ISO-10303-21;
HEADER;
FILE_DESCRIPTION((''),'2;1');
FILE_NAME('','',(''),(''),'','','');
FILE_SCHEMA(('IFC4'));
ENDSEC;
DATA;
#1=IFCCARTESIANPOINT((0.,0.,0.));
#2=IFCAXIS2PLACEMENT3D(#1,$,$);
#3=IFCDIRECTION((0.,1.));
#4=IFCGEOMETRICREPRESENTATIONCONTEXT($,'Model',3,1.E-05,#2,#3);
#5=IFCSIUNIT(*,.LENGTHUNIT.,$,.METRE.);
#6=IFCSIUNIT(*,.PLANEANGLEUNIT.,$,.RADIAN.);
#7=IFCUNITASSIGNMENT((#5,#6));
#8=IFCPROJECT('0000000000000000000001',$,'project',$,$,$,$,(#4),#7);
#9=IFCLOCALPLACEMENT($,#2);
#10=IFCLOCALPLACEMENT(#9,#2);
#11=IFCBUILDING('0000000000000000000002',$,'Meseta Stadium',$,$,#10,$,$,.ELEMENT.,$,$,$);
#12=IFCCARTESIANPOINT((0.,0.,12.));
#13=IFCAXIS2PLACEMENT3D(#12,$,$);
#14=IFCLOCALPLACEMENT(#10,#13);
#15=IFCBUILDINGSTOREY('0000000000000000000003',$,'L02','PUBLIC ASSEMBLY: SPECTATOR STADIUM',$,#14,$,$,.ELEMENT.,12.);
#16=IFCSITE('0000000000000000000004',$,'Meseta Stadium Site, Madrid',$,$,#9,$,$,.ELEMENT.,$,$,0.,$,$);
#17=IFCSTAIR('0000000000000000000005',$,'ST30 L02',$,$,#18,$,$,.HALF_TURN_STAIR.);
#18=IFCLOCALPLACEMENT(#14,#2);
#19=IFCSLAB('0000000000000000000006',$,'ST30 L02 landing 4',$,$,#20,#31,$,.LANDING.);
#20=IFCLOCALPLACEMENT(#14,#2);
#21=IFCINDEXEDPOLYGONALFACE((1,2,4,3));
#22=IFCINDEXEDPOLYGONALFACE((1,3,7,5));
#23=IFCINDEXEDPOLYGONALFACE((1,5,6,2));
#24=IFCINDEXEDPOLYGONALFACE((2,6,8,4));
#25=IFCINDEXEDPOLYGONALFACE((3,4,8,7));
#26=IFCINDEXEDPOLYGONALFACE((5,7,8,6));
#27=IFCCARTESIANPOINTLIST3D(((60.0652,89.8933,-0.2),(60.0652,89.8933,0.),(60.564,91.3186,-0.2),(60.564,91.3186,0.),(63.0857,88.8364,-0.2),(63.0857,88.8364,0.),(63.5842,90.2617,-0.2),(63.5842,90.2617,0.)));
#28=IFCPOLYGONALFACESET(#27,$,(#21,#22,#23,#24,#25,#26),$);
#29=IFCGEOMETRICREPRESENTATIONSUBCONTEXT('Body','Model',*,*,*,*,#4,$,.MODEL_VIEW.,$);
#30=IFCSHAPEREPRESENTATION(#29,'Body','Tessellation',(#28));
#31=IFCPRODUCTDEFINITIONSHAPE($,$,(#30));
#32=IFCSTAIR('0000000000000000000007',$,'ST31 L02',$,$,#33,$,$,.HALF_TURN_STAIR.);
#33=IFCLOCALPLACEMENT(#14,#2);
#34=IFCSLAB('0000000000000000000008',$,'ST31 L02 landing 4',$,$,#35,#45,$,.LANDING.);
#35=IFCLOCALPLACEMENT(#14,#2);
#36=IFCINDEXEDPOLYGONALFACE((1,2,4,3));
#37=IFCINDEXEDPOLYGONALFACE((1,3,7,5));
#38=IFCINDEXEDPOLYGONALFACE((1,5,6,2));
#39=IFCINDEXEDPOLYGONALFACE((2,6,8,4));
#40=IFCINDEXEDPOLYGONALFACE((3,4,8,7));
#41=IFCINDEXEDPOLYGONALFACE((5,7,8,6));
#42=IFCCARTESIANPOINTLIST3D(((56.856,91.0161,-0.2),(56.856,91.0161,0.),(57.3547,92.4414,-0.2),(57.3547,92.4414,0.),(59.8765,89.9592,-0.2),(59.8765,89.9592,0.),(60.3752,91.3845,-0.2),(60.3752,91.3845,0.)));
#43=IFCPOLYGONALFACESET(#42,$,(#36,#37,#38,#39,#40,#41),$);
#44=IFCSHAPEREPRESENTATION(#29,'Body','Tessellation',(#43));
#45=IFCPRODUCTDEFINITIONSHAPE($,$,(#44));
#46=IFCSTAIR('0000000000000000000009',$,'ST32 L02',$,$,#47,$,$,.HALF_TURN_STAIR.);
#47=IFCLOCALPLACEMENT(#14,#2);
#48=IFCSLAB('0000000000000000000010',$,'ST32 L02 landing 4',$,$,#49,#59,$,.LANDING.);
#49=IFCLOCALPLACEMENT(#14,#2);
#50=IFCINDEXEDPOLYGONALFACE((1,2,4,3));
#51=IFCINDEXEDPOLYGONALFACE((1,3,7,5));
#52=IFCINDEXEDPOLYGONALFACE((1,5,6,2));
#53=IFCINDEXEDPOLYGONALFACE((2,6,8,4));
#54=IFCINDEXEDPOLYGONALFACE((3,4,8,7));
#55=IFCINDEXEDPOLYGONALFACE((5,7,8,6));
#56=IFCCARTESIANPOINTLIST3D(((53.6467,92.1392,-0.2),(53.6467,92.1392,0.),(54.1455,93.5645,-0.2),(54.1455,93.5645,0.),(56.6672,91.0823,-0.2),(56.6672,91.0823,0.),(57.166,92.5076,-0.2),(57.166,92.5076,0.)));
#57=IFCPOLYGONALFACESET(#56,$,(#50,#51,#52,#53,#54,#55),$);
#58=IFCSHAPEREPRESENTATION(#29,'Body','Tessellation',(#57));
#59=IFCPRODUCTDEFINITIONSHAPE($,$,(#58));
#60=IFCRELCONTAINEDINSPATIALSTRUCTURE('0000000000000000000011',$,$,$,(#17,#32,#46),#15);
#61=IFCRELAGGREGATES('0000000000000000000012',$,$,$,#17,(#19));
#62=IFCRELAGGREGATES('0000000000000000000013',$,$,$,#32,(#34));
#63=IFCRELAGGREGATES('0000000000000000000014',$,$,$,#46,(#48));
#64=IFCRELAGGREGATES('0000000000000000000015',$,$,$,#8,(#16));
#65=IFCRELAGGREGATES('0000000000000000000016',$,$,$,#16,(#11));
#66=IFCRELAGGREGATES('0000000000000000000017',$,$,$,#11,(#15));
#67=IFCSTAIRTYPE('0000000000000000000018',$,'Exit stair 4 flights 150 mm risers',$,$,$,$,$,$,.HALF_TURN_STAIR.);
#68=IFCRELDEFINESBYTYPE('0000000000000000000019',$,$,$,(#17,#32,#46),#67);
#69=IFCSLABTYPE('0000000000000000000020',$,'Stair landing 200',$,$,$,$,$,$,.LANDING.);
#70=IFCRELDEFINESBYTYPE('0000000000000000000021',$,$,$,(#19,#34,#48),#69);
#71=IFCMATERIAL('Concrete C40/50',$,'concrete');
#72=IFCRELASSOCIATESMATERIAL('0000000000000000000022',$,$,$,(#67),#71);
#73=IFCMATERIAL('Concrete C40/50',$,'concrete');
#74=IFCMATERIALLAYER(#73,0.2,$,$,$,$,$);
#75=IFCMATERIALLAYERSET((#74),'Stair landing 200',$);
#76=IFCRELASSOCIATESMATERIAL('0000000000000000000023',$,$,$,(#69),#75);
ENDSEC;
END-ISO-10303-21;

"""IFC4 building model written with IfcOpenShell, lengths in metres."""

from ifc_helpers import new_model, si_unit, direction, frame, origin, place, context, subcontext, project, spatial, polyline, outline, extrude, material, layer, layer_set, type_object, element, aggregate, save


model = new_model("IFC4")

# Units and contexts
model_context = context("Model", 3, precision=1e-05, world=origin(), true_north=direction((0.0, 1.0)))
body_context = subcontext(model_context, "Body", "Model", "MODEL_VIEW")
ifc_project = project(units=[si_unit("LENGTHUNIT", "METRE"), si_unit("PLANEANGLEUNIT", "RADIAN")], contexts=[model_context])

# Site, building, storey
site_placement = place(None, origin())
site = spatial("IfcSite", under=ifc_project, at=site_placement, Name="Meseta Stadium Site, Madrid", CompositionType="ELEMENT", RefElevation=0.0)
building_placement = place(site_placement, origin())
building = spatial("IfcBuilding", under=site, at=building_placement, Name="Meseta Stadium", CompositionType="ELEMENT")
storey_placement = place(building_placement, frame((0.0, 0.0, 12.0)))
storey = spatial("IfcBuildingStorey", under=building, at=storey_placement, Name="L02", Description="PUBLIC ASSEMBLY: SPECTATOR STADIUM", CompositionType="ELEMENT", Elevation=12.0)

# Shared definitions
ifc_material_1 = material(Name="Concrete C40/50", Category="concrete")
stair_type = type_object("IfcStairType", Name="Exit stair 4 flights 150 mm risers", PredefinedType="HALF_TURN_STAIR", material=ifc_material_1)
ifc_material_2 = material(Name="Concrete C40/50", Category="concrete")
ifc_layer = layer(ifc_material_2, 0.2)
ifc_layer_set = layer_set([ifc_layer], Name="Stair landing 200")
slab_type = type_object("IfcSlabType", Name="Stair landing 200", PredefinedType="LANDING", material=ifc_layer_set)

# Stairs, slabs
stair_1_placement = place(storey_placement, origin())
stair_1 = element("IfcStair", 1, at=stair_1_placement, inside=storey, type_object=stair_type, Name="ST30 L02", PredefinedType="HALF_TURN_STAIR")
slab_1_placement = place(storey_placement, frame((0.0, 0.0, -0.2)))
slab_1 = element("IfcSlab", 2, at=slab_1_placement, type_object=slab_type, Name="ST30 L02 landing 4", PredefinedType="LANDING", context=body_context, shape_type="SweptSolid", body=[
    extrude(outline(polyline([(63.0857, 88.8364), (63.5842, 90.2617), (60.564, 91.3186), (60.0652, 89.8933), (63.0857, 88.8364)])), origin(), (0.0, 0.0, 1.0), 0.2),
])
aggregate(stair_1, [slab_1])
stair_2_placement = place(storey_placement, origin())
stair_2 = element("IfcStair", 3, at=stair_2_placement, inside=storey, type_object=stair_type, Name="ST31 L02", PredefinedType="HALF_TURN_STAIR")
slab_2_placement = place(storey_placement, frame((0.0, 0.0, -0.2)))
slab_2 = element("IfcSlab", 4, at=slab_2_placement, type_object=slab_type, Name="ST31 L02 landing 4", PredefinedType="LANDING", context=body_context, shape_type="SweptSolid", body=[
    extrude(outline(polyline([(59.8765, 89.9592), (60.3752, 91.3845), (57.3547, 92.4414), (56.856, 91.0161), (59.8765, 89.9592)])), origin(), (0.0, 0.0, 1.0), 0.2),
])
aggregate(stair_2, [slab_2])
stair_3_placement = place(storey_placement, origin())
stair_3 = element("IfcStair", 5, at=stair_3_placement, inside=storey, type_object=stair_type, Name="ST32 L02", PredefinedType="HALF_TURN_STAIR")
slab_3_placement = place(storey_placement, frame((0.0, 0.0, -0.2)))
slab_3 = element("IfcSlab", 6, at=slab_3_placement, type_object=slab_type, Name="ST32 L02 landing 4", PredefinedType="LANDING", context=body_context, shape_type="SweptSolid", body=[
    extrude(outline(polyline([(56.6672, 91.0823), (57.166, 92.5076), (54.1455, 93.5645), (53.6467, 92.1392), (56.6672, 91.0823)])), origin(), (0.0, 0.0, 1.0), 0.2),
])
aggregate(stair_3, [slab_3])

save(model, "model.ifc")
